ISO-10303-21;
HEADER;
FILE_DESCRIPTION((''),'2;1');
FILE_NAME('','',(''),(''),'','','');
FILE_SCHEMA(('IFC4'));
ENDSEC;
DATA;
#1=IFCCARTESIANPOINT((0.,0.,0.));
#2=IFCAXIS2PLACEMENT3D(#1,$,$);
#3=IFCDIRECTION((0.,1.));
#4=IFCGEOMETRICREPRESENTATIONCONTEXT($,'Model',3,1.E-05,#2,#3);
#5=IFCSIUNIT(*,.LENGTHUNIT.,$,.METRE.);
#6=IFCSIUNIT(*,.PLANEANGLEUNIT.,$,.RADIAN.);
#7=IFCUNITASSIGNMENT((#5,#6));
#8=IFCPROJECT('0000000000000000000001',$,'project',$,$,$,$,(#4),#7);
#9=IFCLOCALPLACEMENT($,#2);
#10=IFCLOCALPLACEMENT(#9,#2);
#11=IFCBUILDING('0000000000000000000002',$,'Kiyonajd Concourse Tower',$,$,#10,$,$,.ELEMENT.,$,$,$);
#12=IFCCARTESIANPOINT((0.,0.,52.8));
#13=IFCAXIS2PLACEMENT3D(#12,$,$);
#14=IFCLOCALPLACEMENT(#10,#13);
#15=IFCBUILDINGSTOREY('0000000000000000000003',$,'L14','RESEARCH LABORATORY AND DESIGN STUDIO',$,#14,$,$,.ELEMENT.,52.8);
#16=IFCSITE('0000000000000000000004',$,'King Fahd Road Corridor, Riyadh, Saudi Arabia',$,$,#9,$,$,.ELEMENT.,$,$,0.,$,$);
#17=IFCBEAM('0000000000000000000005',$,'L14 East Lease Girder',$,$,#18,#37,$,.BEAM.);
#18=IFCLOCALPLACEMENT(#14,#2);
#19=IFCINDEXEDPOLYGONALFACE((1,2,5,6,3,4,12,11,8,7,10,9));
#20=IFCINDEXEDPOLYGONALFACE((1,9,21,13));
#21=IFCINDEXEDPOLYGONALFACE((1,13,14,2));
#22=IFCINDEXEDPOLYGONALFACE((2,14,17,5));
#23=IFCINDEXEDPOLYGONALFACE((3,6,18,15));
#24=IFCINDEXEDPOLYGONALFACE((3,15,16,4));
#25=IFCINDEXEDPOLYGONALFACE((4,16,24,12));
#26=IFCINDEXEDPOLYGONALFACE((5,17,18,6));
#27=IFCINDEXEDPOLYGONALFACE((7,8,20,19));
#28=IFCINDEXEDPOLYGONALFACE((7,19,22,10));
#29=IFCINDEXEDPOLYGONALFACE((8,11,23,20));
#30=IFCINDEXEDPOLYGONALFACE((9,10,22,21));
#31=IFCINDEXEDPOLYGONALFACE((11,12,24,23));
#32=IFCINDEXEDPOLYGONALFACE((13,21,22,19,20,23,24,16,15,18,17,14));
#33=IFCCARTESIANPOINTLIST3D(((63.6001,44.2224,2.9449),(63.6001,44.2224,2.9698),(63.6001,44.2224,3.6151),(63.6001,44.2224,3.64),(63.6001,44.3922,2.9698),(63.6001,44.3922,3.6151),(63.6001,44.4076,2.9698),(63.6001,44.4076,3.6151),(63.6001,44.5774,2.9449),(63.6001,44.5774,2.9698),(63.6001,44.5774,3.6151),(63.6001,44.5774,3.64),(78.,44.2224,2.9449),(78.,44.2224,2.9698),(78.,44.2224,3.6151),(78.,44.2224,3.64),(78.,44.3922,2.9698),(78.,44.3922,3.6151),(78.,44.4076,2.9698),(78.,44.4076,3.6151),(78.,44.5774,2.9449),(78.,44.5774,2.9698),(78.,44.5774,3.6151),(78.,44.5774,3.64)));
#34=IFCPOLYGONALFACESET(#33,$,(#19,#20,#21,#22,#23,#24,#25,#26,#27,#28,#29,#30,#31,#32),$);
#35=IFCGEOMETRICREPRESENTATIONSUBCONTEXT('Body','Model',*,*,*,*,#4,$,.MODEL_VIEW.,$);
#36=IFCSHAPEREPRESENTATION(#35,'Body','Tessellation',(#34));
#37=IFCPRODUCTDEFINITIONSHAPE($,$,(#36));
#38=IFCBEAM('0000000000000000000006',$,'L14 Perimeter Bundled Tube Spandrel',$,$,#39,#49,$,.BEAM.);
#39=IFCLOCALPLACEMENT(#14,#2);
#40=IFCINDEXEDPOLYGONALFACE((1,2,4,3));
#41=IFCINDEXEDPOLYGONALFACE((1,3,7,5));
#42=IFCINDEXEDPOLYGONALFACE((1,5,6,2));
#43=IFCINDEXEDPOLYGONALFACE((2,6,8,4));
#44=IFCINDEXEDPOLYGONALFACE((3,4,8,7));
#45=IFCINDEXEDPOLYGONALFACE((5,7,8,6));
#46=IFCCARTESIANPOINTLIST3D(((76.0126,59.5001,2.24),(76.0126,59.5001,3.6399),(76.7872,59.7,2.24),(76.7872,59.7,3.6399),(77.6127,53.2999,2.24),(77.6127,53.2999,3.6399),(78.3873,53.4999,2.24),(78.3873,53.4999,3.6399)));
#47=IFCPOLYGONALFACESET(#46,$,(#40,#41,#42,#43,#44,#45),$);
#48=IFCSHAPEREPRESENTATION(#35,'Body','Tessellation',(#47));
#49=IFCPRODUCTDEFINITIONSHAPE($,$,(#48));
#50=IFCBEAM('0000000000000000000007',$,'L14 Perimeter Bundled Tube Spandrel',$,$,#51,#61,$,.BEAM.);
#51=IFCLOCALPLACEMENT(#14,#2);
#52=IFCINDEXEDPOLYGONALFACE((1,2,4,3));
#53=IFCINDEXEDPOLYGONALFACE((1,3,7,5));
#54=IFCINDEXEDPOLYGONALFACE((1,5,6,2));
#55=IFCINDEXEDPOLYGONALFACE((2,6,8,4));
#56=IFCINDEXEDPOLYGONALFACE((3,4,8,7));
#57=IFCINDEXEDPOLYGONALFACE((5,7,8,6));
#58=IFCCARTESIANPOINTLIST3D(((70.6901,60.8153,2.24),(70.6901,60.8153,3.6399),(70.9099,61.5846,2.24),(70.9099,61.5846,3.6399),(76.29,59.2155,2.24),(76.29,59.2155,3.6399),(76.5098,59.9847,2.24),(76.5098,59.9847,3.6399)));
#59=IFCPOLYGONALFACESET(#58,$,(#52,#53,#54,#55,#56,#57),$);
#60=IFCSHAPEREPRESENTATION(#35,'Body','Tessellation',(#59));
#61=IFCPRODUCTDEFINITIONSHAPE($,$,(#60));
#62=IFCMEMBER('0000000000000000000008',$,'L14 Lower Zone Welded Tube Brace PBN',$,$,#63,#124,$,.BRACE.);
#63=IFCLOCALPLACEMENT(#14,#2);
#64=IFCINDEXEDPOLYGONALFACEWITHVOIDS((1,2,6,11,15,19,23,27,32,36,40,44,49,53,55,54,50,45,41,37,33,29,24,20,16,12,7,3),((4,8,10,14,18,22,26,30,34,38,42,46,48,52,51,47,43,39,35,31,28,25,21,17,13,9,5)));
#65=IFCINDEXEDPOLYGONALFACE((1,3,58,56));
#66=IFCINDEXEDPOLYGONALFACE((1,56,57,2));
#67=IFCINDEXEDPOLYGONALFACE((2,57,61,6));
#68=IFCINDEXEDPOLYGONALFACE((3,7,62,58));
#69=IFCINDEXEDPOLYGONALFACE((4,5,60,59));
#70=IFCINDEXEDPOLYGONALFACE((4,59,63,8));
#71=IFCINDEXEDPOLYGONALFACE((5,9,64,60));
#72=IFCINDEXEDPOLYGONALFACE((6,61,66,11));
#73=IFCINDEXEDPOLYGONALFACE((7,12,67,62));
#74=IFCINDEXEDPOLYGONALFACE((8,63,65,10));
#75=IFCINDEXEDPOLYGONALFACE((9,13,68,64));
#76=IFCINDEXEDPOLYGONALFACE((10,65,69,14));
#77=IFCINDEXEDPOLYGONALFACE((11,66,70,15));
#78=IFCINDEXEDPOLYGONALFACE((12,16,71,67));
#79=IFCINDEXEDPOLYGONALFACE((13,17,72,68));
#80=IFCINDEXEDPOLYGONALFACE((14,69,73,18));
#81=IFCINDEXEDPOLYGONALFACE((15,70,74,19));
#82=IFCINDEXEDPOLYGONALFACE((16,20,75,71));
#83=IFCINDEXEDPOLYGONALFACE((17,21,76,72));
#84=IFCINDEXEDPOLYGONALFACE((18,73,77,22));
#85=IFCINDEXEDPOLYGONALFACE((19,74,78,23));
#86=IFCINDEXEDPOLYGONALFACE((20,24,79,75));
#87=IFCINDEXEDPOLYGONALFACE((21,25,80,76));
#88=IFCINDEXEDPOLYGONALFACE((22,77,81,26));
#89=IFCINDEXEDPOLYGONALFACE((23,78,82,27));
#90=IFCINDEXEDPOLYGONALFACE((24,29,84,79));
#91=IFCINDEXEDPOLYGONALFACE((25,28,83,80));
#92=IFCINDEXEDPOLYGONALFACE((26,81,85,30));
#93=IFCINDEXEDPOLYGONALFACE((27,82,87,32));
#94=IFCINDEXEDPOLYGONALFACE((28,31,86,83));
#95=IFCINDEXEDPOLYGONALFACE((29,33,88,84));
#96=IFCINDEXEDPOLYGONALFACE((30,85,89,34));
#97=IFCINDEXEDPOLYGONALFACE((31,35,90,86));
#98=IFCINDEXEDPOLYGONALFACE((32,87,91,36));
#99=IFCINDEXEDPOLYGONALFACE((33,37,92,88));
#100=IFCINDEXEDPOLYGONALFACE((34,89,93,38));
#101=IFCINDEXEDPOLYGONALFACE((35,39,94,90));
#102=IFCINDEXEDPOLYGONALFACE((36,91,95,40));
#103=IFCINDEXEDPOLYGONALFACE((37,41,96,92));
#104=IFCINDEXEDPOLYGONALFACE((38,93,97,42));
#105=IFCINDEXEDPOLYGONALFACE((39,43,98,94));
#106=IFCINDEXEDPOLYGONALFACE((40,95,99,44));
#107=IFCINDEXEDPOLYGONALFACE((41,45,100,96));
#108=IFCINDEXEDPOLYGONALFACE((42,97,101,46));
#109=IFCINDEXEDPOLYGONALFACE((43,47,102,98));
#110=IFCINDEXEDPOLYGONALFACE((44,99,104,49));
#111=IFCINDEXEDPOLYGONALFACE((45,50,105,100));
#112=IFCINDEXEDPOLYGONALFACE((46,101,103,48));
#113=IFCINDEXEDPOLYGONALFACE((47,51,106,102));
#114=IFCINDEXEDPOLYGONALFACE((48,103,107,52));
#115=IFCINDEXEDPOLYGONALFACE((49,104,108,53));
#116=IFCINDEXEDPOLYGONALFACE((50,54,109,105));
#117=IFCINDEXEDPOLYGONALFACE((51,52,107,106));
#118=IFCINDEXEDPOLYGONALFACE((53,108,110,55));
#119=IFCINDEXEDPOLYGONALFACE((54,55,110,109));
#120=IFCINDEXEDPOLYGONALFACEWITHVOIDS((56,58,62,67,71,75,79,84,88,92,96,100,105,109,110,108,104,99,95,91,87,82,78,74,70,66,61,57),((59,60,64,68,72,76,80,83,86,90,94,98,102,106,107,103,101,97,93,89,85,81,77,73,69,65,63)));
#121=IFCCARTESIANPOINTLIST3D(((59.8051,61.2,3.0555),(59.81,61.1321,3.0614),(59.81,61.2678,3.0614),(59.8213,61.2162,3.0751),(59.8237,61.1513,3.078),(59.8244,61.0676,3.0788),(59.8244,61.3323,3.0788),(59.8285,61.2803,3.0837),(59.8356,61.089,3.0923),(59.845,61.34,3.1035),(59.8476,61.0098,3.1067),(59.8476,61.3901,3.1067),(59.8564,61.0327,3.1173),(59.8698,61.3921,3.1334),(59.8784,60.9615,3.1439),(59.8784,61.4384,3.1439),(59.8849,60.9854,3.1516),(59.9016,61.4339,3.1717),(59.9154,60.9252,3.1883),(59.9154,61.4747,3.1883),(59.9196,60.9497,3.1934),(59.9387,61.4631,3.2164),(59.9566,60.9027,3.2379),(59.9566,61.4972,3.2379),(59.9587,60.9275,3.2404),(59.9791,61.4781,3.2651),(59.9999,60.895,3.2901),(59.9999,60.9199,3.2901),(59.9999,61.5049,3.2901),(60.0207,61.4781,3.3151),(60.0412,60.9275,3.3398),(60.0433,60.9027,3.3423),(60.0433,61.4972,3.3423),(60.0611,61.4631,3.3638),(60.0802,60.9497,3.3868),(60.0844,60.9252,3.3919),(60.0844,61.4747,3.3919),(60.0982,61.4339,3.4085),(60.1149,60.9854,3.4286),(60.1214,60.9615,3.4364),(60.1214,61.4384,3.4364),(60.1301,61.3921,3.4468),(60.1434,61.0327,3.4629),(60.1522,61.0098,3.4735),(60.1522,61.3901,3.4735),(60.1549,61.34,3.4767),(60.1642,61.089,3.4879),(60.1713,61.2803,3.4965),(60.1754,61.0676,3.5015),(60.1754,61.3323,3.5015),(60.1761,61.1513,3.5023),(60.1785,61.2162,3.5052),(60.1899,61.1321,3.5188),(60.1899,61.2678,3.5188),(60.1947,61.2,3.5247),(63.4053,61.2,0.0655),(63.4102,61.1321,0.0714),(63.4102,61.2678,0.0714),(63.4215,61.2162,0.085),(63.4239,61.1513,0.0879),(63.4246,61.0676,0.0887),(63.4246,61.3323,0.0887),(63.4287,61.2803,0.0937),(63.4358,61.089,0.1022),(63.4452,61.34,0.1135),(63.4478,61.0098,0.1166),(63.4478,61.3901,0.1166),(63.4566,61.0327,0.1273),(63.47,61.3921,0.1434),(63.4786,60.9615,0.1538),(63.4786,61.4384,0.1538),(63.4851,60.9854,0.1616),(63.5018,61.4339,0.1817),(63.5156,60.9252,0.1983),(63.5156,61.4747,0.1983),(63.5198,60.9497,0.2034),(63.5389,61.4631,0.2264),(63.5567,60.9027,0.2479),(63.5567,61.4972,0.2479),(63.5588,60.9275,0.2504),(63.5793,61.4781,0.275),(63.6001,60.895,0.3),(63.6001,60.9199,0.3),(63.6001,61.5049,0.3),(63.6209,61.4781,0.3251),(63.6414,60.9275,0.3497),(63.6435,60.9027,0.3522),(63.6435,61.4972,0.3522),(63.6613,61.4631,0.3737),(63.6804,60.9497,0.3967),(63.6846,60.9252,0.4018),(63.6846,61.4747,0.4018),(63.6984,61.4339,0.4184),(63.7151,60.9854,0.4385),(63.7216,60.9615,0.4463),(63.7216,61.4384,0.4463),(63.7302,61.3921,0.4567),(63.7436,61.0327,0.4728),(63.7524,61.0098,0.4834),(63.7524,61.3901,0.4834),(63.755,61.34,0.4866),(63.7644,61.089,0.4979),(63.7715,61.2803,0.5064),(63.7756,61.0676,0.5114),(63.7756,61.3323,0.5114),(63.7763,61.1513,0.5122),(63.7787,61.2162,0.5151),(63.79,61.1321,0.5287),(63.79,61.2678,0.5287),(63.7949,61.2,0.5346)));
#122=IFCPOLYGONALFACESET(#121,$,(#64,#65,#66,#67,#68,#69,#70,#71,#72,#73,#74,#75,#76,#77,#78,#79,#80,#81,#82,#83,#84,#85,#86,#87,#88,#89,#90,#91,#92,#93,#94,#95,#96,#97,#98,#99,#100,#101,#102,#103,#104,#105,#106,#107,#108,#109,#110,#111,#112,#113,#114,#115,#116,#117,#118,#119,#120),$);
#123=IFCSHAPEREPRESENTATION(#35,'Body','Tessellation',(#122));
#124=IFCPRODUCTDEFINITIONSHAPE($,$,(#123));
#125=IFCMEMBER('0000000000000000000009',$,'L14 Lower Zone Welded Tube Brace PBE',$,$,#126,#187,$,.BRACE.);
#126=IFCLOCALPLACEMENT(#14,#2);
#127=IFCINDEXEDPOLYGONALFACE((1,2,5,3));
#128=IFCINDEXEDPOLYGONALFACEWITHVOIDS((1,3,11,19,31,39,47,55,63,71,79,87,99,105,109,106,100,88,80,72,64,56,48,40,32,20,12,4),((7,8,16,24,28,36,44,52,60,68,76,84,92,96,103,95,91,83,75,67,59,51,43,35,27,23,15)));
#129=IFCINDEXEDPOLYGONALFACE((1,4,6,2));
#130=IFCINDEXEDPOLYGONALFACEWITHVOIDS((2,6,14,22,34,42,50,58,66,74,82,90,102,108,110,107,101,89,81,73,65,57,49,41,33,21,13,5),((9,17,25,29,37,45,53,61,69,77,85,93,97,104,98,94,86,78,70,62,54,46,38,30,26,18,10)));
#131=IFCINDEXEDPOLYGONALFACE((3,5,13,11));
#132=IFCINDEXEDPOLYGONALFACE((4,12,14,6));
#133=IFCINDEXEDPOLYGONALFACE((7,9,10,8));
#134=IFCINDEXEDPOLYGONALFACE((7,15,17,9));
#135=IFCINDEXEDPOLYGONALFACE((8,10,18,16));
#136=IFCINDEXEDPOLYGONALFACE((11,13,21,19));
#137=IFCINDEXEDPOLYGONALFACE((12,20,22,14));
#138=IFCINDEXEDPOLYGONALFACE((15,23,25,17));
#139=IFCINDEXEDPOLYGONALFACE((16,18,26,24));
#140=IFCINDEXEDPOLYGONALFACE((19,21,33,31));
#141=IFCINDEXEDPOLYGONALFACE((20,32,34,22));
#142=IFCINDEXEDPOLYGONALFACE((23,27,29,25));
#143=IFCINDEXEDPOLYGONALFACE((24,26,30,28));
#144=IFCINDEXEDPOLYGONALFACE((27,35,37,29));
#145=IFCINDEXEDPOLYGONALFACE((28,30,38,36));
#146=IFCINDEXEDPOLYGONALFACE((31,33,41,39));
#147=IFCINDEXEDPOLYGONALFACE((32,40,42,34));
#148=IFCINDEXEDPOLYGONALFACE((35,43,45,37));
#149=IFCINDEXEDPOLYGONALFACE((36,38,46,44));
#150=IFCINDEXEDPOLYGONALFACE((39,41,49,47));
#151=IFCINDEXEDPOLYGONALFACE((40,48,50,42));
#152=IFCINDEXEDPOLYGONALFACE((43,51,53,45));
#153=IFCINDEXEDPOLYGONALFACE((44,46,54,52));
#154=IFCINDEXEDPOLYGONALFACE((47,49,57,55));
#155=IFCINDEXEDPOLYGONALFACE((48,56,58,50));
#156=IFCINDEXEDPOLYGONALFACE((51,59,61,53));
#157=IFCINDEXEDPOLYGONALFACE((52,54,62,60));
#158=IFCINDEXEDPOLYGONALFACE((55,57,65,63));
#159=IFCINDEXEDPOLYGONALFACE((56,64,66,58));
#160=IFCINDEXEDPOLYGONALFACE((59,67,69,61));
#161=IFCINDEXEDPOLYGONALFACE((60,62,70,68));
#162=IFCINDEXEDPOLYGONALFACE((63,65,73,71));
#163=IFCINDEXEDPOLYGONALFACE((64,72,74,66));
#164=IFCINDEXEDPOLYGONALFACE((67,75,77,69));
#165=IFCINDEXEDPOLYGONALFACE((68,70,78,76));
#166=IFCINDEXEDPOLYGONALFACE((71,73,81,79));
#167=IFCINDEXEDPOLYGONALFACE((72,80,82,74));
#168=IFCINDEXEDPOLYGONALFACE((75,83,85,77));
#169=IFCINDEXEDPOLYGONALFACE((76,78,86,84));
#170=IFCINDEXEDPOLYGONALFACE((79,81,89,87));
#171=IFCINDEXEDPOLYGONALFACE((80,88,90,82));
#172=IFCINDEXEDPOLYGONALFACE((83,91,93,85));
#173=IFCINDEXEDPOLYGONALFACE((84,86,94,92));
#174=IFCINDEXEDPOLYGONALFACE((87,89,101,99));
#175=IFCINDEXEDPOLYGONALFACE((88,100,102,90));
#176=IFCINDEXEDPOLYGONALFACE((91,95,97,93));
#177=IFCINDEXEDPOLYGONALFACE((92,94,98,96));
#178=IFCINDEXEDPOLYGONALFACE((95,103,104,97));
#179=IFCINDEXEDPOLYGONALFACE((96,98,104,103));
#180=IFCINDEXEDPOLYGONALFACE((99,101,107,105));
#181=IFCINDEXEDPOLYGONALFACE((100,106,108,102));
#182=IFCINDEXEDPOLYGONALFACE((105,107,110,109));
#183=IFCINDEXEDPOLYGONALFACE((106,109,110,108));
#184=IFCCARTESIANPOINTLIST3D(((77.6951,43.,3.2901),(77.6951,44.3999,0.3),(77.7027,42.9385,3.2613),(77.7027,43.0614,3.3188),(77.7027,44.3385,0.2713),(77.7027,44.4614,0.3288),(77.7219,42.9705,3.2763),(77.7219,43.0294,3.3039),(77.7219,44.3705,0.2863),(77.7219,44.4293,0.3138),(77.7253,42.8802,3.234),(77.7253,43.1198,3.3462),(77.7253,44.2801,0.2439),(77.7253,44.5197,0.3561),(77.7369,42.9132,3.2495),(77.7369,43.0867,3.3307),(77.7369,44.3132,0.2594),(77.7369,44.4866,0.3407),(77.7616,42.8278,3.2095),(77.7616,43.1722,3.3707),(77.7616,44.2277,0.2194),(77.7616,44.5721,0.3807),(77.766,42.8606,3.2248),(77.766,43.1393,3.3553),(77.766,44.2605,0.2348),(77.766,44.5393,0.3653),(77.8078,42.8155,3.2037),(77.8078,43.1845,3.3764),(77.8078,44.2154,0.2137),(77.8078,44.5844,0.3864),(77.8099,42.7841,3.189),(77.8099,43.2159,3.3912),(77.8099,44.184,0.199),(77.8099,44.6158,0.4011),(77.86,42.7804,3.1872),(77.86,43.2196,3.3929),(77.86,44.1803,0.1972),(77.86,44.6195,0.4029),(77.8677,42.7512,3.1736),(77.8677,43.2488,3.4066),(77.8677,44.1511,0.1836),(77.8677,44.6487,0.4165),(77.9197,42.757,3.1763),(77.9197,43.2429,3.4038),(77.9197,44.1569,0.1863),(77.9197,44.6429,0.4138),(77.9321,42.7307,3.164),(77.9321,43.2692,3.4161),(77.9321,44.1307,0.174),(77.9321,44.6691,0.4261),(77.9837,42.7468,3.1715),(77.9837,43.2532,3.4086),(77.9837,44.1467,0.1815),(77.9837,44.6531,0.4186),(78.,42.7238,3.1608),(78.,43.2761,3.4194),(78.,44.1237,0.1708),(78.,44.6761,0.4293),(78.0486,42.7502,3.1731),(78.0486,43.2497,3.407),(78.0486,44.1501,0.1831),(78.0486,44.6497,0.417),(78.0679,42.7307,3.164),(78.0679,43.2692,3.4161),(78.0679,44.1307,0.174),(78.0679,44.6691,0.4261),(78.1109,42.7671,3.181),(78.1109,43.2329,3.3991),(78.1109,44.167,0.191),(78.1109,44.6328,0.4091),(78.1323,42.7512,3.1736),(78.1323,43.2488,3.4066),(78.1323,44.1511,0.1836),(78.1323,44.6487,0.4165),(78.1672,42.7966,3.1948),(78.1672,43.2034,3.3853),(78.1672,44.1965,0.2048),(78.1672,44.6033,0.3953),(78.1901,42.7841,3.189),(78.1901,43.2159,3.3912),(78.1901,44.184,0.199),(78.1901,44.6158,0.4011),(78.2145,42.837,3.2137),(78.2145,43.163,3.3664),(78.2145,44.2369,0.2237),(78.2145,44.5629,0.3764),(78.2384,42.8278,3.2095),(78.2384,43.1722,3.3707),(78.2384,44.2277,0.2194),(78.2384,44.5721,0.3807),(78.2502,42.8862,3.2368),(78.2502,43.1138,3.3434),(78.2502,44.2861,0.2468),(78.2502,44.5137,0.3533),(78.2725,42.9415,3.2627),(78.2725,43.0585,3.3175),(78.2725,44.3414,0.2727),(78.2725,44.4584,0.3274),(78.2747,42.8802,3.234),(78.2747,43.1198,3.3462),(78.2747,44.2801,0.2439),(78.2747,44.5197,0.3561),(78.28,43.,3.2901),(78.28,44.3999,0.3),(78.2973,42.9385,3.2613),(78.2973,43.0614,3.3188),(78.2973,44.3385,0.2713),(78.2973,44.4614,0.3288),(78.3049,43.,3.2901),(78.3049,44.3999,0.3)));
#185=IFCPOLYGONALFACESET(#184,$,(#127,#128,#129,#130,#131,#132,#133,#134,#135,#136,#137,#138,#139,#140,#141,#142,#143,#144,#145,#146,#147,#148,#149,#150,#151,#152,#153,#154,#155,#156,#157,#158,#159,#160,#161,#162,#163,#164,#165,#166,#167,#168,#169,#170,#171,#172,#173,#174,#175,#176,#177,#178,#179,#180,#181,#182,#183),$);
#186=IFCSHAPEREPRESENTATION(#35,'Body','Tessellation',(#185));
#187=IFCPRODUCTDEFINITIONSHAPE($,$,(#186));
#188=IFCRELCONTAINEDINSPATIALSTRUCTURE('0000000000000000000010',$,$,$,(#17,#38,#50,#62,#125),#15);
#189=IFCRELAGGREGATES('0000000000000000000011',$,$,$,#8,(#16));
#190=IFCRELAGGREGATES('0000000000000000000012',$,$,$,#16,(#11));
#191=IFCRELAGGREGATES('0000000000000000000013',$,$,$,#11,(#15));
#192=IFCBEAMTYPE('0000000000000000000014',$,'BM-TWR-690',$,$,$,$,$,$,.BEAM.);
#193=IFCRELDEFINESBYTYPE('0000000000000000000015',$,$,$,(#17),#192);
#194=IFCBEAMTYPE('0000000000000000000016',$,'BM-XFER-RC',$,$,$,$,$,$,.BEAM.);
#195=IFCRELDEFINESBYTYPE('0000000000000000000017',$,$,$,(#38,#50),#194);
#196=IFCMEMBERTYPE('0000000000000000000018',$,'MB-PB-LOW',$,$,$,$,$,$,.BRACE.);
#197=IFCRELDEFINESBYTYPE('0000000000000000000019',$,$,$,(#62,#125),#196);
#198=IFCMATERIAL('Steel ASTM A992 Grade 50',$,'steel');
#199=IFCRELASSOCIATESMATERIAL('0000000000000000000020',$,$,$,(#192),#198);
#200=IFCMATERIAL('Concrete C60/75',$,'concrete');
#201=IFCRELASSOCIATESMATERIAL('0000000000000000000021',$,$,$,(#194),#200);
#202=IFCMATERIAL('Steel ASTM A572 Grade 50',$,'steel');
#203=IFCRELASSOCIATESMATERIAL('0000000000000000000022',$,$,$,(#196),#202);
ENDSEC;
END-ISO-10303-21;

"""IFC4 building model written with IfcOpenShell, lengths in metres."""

from ifc_helpers import new_model, si_unit, direction, frame, origin, origin_2d, place, context, subcontext, project, spatial, rectangle, hollow_circle, i_section, extrude, material, material_profile, profile_set, type_object, element, save


model = new_model("IFC4")

# Units and contexts
model_context = context("Model", 3, precision=1e-05, world=origin(), true_north=direction((0.0, 1.0)))
body_context = subcontext(model_context, "Body", "Model", "MODEL_VIEW")
ifc_project = project(units=[si_unit("LENGTHUNIT", "METRE"), si_unit("PLANEANGLEUNIT", "RADIAN")], contexts=[model_context])

# Site, building, storey
site_placement = place(None, origin())
site = spatial("IfcSite", under=ifc_project, at=site_placement, Name="King Fahd Road Corridor, Riyadh, Saudi Arabia", CompositionType="ELEMENT", RefElevation=0.0)
building_placement = place(site_placement, origin())
building = spatial("IfcBuilding", under=site, at=building_placement, Name="Kiyonajd Concourse Tower", CompositionType="ELEMENT")
storey_placement = place(building_placement, frame((0.0, 0.0, 52.8)))
storey = spatial("IfcBuildingStorey", under=building, at=storey_placement, Name="L14", Description="RESEARCH LABORATORY AND DESIGN STUDIO", CompositionType="ELEMENT", Elevation=52.8)

# Beams
ifc_material_1 = material(Name="Steel ASTM A992 Grade 50", Category="steel")
ifc_material_profile_1 = material_profile(ifc_material_1, i_section(OverallWidth=0.355, OverallDepth=0.6951, WebThickness=0.0154, FlangeThickness=0.0249, at=origin_2d()), Name="W690X217")
ifc_profile_set_1 = profile_set([ifc_material_profile_1], Name="Steel ASTM A992 Grade 50")
beam_type_1 = type_object("IfcBeamType", Name="BM-TWR-690", PredefinedType="BEAM", material=ifc_profile_set_1)
beam_1_placement = place(storey_placement, frame((63.6001, 44.3999, 3.2925), z_axis=(1.0, 0.0, 0.0), x_axis=(0.0, 1.0, 0.0)))
element("IfcBeam", 1, at=beam_1_placement, inside=storey, type_object=beam_type_1, Name="L14 East Lease Girder", PredefinedType="BEAM", context=body_context, shape_type="SweptSolid", body=[
    extrude(i_section(OverallWidth=0.355, OverallDepth=0.6951, WebThickness=0.0154, FlangeThickness=0.0249, at=origin_2d()), origin(), (0.0, 0.0, 1.0), 14.3999),
])
ifc_material_2 = material(Name="Concrete C60/75", Category="concrete")
ifc_material_profile_2 = material_profile(ifc_material_2, rectangle(XDim=0.8, YDim=1.3999, at=origin_2d()), Name="RCBM-800x1400")
ifc_profile_set_2 = profile_set([ifc_material_profile_2], Name="Concrete C60/75")
beam_type_2 = type_object("IfcBeamType", Name="BM-XFER-RC", PredefinedType="BEAM", material=ifc_profile_set_2)
beam_2_placement = place(storey_placement, frame((78.0, 53.3999, 2.9399), z_axis=(-0.249885, 0.968276, 0.0), x_axis=(-0.968276, -0.249885, 0.0)))
element("IfcBeam", 2, at=beam_2_placement, inside=storey, type_object=beam_type_2, Name="L14 Perimeter Bundled Tube Spandrel", PredefinedType="BEAM", context=body_context, shape_type="SweptSolid", body=[
    extrude(rectangle(XDim=0.8, YDim=1.3999, at=origin_2d()), origin(), (0.0, 0.0, 1.0), 6.4033),
])
beam_3_placement = place(storey_placement, frame((76.3999, 59.6001, 2.9399), z_axis=(-0.961529, 0.274705, 0.0), x_axis=(-0.274705, -0.961529, 0.0)))
element("IfcBeam", 3, at=beam_3_placement, inside=storey, type_object=beam_type_2, Name="L14 Perimeter Bundled Tube Spandrel", PredefinedType="BEAM", context=body_context, shape_type="SweptSolid", body=[
    extrude(rectangle(XDim=0.8, YDim=1.3999, at=origin_2d()), origin(), (0.0, 0.0, 1.0), 5.824),
])

# Members
ifc_material_3 = material(Name="Steel ASTM A572 Grade 50", Category="steel")
ifc_material_profile_3 = material_profile(ifc_material_3, hollow_circle(Radius=0.3049, WallThickness=0.0249, at=origin_2d()), Name="CHS-610x25")
ifc_profile_set_3 = profile_set([ifc_material_profile_3], Name="Steel ASTM A572 Grade 50")
member_type = type_object("IfcMemberType", Name="MB-PB-LOW", PredefinedType="BRACE", material=ifc_profile_set_3)
member_1_placement = place(storey_placement, frame((63.6001, 61.2, 0.3), z_axis=(-0.769281, 0.0, 0.638911), x_axis=(0.0, -1.0, 0.0)))
element("IfcMember", 4, at=member_1_placement, inside=storey, type_object=member_type, Name="L14 Lower Zone Welded Tube Brace PBN", PredefinedType="BRACE", context=body_context, shape_type="SweptSolid", body=[
    extrude(hollow_circle(Radius=0.3049, WallThickness=0.0249, at=origin_2d()), origin(), (0.0, 0.0, 1.0), 4.6799),
])
member_2_placement = place(storey_placement, frame((78.0, 44.3999, 0.3), z_axis=(0.0, -0.424023, 0.905652), x_axis=(1.0, 0.0, 0.0)))
element("IfcMember", 5, at=member_2_placement, inside=storey, type_object=member_type, Name="L14 Lower Zone Welded Tube Brace PBE", PredefinedType="BRACE", context=body_context, shape_type="SweptSolid", body=[
    extrude(hollow_circle(Radius=0.3049, WallThickness=0.0249, at=origin_2d()), origin(), (0.0, 0.0, 1.0), 3.3015),
])

save(model, "model.ifc")
